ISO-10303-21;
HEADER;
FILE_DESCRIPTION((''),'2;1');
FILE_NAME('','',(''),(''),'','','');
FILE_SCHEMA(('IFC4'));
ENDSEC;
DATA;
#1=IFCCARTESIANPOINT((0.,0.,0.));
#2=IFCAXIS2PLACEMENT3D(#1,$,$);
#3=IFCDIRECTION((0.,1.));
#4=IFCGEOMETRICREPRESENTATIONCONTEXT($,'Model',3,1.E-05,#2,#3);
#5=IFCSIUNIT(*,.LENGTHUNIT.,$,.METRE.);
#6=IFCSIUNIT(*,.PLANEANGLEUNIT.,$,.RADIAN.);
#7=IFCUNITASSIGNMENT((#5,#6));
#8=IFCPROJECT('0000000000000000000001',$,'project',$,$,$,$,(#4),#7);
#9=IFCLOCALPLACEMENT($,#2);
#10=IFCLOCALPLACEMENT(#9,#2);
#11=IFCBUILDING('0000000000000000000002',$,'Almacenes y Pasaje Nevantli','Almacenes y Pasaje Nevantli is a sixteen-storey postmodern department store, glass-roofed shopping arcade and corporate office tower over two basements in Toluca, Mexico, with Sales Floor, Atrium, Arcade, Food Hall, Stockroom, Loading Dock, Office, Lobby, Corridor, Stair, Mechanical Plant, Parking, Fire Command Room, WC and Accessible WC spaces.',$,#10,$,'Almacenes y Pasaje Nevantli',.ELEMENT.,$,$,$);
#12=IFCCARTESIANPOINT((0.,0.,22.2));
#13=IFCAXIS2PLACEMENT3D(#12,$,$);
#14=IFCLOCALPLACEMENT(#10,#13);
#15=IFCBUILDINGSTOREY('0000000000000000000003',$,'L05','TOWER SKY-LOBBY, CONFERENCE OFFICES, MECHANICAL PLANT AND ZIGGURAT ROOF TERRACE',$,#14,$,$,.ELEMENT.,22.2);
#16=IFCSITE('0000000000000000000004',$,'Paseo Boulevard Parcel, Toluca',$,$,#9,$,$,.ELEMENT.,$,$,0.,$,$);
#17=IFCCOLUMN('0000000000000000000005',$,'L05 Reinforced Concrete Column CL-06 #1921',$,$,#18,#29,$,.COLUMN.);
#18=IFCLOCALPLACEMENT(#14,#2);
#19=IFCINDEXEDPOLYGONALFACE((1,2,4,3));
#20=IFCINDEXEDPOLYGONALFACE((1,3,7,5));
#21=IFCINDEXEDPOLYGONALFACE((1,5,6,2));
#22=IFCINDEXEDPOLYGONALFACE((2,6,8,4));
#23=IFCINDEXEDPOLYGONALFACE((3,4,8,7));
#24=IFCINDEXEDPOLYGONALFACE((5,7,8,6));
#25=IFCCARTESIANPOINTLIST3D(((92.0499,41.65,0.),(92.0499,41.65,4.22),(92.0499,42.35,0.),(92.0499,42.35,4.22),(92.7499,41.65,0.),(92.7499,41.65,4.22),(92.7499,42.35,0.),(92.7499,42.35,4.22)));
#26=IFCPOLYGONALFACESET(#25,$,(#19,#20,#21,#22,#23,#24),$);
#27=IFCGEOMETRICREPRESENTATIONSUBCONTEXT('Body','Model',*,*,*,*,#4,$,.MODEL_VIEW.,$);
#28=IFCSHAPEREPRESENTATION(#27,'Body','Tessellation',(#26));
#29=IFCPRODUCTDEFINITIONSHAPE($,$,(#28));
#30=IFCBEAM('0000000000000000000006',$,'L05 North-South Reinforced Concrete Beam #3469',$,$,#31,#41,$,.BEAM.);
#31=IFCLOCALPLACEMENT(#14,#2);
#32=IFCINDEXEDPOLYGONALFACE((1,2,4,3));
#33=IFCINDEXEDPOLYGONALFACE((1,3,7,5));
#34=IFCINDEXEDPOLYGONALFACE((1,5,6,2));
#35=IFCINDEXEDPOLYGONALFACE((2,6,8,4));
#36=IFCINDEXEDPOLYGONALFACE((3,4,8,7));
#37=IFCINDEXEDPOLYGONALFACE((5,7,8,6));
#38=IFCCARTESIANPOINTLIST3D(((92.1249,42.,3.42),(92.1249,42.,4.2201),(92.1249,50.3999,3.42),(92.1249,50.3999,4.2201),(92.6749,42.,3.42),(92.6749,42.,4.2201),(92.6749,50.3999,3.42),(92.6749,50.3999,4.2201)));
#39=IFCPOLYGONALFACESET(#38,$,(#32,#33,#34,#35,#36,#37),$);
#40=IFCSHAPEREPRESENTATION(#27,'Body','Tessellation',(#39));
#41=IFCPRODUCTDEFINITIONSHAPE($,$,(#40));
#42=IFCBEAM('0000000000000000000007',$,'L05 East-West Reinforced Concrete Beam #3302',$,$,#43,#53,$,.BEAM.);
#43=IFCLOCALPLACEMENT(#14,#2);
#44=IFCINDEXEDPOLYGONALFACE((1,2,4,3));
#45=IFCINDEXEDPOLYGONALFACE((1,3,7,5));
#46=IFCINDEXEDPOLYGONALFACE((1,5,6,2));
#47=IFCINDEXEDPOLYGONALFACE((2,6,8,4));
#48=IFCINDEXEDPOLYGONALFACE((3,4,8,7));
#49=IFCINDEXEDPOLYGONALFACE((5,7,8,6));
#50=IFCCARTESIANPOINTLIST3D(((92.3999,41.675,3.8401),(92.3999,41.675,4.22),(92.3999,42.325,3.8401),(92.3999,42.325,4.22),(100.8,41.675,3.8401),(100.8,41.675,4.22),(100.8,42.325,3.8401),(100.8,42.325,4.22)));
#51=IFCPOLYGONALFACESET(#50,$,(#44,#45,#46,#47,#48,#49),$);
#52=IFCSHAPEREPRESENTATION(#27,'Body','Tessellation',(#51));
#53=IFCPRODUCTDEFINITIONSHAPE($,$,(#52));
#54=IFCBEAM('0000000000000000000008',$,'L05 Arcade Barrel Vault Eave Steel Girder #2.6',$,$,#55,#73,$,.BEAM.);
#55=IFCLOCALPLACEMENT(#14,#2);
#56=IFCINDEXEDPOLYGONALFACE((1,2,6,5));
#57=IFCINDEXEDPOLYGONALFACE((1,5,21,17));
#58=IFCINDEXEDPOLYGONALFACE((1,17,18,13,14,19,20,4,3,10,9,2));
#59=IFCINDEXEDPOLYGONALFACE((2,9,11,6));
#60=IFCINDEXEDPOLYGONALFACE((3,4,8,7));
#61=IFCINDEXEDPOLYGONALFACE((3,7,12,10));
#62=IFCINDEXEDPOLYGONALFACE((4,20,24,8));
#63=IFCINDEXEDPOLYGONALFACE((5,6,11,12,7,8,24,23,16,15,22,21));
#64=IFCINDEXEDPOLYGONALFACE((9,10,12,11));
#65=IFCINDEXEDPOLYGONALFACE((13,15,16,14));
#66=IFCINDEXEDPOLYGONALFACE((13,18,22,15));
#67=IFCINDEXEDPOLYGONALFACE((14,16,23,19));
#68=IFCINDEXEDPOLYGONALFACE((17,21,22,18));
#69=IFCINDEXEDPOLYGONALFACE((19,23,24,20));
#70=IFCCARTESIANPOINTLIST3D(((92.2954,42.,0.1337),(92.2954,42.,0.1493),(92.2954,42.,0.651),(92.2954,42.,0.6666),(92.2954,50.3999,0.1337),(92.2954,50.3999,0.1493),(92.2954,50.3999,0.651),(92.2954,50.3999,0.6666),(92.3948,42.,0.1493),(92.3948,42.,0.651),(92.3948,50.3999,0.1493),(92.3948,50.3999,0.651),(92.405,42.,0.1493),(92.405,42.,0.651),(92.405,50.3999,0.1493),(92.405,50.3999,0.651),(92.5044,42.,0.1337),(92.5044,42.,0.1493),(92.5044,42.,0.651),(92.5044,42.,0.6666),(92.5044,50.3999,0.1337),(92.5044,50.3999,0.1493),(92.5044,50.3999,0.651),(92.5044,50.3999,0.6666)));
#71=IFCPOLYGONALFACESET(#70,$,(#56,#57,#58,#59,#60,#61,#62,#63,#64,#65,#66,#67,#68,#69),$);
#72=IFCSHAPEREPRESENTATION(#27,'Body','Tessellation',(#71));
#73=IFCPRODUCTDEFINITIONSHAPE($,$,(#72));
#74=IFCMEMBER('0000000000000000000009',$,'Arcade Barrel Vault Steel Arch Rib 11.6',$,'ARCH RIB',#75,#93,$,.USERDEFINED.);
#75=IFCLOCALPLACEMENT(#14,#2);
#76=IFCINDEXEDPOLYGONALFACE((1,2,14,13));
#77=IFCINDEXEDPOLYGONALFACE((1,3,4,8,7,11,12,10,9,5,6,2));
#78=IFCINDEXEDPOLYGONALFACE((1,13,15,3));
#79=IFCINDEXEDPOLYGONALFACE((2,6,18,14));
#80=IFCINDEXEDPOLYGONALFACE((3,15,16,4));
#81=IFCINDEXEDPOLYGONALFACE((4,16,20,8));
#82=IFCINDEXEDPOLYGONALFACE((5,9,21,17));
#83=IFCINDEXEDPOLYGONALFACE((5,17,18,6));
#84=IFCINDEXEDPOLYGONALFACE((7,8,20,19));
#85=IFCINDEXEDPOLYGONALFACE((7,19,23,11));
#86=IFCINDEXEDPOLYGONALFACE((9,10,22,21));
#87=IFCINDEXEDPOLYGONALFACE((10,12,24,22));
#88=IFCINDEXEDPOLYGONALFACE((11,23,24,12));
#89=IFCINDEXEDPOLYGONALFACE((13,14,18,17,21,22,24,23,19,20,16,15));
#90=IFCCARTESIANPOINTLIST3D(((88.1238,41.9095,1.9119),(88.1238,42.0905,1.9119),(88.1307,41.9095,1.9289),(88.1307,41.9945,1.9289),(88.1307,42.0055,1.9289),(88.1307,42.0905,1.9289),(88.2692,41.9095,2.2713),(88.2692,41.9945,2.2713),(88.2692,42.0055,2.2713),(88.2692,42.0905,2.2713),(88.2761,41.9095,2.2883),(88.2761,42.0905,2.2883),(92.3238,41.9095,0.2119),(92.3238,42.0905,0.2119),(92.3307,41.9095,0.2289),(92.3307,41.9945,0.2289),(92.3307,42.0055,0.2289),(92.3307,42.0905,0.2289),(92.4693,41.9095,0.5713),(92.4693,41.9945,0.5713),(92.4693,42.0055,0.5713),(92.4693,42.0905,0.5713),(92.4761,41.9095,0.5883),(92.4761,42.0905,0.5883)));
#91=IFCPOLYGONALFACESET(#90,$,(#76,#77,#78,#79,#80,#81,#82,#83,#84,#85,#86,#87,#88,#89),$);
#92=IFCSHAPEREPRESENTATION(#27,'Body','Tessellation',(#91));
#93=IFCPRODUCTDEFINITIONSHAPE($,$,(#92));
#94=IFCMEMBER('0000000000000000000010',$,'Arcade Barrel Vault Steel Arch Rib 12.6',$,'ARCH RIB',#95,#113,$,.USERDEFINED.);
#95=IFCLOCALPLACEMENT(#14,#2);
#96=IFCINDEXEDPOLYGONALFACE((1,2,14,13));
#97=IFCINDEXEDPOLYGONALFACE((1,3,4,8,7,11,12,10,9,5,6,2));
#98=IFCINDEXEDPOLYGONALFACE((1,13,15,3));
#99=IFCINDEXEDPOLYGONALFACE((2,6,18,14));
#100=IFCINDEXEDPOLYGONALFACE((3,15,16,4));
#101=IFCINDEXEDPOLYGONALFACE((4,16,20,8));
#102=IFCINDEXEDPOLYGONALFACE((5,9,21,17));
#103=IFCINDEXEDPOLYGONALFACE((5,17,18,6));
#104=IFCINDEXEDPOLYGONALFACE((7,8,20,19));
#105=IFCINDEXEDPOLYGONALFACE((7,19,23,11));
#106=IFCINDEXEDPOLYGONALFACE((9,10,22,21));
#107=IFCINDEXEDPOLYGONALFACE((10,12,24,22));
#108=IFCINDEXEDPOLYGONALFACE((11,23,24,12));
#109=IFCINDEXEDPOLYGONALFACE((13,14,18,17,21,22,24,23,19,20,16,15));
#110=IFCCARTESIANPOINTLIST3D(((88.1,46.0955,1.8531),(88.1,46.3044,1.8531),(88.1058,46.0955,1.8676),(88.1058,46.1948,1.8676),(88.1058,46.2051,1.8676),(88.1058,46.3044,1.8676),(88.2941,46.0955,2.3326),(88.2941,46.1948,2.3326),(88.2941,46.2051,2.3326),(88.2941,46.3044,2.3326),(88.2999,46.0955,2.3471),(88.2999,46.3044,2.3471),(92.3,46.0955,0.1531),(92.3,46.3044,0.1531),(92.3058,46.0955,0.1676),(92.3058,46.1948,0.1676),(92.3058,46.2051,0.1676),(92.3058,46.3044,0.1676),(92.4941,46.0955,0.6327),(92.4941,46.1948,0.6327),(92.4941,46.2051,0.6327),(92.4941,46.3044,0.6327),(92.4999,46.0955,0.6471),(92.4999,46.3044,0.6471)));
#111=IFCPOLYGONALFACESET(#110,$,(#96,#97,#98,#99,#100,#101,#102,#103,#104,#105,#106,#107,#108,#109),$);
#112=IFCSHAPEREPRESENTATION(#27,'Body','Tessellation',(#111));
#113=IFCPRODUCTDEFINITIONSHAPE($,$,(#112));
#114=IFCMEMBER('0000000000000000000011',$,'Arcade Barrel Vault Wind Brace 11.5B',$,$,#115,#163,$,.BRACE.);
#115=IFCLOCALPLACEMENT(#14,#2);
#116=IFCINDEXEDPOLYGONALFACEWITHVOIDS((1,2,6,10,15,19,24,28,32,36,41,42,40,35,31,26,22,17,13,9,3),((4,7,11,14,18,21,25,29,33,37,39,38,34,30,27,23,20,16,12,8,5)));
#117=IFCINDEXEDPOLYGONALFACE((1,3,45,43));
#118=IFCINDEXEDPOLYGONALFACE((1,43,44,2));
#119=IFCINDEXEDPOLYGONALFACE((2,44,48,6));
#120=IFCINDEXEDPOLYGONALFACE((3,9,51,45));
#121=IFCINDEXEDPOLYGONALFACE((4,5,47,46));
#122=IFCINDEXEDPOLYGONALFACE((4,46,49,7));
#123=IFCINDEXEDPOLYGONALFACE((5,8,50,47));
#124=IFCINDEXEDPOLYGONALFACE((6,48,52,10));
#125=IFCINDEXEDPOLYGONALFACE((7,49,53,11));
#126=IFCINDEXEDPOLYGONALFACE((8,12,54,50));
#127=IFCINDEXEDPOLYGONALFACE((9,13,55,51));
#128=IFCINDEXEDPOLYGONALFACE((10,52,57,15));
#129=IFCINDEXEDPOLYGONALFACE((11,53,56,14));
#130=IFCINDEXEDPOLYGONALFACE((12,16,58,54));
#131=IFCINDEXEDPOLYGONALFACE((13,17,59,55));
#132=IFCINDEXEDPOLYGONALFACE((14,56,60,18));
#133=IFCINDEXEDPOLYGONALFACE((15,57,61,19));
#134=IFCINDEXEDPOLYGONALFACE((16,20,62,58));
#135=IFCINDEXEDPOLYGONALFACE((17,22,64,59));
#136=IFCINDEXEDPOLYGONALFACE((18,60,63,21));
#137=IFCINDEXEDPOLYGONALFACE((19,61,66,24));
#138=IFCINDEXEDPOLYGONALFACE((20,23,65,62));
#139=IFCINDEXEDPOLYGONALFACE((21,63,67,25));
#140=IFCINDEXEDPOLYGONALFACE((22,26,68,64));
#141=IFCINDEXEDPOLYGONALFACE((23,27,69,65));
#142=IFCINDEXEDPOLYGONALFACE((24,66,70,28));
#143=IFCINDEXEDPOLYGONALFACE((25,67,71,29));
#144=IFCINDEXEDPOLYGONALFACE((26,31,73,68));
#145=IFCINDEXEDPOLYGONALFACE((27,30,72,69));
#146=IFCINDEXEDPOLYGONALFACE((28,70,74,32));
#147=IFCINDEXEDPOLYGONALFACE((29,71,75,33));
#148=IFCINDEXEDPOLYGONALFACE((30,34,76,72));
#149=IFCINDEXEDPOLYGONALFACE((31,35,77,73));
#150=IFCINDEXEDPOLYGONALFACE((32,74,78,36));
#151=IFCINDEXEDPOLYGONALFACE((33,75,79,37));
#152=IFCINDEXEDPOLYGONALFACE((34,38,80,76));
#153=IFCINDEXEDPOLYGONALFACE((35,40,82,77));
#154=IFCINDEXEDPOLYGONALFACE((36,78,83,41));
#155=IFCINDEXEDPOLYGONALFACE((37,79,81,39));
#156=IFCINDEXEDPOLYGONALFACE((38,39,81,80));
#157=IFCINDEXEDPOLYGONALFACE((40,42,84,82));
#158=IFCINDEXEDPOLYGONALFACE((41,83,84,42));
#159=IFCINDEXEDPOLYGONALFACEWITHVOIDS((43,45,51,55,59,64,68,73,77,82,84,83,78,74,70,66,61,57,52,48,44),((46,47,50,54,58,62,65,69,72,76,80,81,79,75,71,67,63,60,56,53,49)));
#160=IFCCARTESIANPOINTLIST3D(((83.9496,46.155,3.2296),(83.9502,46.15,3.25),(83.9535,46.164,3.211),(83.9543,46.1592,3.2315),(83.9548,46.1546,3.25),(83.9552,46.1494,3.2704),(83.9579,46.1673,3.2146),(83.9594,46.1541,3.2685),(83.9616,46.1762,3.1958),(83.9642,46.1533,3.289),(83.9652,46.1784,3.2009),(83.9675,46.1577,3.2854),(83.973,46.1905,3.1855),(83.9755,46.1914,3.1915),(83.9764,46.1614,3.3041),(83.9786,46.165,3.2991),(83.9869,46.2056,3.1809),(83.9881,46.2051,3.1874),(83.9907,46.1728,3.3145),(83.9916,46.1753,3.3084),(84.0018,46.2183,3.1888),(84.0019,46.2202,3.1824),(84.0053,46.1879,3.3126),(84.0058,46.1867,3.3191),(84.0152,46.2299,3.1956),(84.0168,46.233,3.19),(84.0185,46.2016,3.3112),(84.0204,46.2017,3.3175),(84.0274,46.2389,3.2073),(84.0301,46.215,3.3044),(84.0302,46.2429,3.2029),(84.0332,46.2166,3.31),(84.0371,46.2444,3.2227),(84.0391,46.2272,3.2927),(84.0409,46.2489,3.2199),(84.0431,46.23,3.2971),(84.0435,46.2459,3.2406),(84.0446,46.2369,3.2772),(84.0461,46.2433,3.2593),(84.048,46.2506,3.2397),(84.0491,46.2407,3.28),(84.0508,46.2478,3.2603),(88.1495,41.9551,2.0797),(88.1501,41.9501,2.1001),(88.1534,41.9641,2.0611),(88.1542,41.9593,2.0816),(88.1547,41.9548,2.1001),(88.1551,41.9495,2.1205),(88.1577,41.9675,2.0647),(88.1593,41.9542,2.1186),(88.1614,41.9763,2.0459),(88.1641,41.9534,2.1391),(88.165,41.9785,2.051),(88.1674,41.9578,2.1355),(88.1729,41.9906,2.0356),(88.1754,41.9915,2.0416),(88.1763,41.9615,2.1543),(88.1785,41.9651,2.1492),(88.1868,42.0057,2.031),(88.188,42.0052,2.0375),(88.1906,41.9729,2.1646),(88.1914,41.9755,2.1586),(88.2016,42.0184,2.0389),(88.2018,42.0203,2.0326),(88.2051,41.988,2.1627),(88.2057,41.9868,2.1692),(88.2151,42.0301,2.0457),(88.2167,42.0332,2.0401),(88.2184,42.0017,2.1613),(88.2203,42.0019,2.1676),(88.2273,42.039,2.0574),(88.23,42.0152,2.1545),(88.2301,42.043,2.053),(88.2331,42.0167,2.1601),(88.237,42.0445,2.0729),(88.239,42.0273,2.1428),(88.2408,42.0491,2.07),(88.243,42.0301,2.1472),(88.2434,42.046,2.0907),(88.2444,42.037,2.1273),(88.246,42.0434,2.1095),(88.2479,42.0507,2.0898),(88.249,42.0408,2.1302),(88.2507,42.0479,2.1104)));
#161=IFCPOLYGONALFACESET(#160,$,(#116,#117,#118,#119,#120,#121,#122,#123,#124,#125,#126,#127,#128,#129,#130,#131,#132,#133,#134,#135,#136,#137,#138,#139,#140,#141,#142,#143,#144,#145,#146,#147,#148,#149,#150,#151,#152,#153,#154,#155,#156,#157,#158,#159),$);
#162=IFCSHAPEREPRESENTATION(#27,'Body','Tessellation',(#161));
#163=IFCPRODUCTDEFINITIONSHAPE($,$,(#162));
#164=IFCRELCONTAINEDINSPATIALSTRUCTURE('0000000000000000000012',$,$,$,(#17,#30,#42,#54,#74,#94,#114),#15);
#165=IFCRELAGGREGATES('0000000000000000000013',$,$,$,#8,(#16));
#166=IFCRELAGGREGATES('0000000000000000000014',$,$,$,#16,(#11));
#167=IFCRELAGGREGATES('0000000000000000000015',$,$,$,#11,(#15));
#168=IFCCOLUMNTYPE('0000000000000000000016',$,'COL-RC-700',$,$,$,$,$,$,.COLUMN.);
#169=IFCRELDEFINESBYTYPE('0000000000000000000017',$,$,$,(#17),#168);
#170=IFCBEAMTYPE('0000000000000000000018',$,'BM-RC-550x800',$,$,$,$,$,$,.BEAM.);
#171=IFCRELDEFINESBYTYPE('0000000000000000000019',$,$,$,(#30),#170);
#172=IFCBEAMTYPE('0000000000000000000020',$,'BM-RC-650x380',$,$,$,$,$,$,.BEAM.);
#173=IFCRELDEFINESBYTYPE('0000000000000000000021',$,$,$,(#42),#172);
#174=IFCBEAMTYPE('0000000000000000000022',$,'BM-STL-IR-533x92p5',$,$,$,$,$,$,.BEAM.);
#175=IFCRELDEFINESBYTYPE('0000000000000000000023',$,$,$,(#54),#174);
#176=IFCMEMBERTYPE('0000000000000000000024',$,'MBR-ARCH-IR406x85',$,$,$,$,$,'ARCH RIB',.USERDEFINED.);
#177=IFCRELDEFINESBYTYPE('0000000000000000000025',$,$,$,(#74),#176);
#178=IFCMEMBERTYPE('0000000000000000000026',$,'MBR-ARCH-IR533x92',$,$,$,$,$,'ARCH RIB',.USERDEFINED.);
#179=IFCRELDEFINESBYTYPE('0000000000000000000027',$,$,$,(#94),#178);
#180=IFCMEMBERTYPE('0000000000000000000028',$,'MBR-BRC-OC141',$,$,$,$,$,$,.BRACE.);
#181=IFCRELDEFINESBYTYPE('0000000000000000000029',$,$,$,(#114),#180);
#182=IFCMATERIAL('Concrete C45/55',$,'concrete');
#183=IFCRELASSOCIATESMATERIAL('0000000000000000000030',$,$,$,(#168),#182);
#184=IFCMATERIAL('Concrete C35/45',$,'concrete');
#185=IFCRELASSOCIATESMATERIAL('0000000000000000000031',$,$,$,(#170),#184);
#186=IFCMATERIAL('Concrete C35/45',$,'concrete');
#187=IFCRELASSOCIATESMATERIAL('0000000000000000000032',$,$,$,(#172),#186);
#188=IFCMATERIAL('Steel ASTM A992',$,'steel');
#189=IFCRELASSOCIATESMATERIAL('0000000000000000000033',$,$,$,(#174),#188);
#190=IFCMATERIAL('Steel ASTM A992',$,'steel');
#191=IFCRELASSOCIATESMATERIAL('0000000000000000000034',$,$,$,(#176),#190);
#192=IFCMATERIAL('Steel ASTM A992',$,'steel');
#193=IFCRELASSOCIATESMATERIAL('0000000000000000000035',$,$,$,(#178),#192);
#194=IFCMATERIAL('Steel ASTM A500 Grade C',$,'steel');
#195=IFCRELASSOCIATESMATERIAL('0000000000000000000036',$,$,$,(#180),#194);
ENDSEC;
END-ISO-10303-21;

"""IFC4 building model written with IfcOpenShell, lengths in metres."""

from ifc_helpers import new_model, si_unit, direction, frame, origin, origin_2d, place, context, subcontext, project, spatial, rectangle, hollow_circle, i_section, extrude, material, material_profile, profile_set, type_object, element, save


model = new_model("IFC4")

# Units and contexts
model_context = context("Model", 3, precision=1e-05, world=origin(), true_north=direction((0.0, 1.0)))
body_context = subcontext(model_context, "Body", "Model", "MODEL_VIEW")
ifc_project = project(units=[si_unit("LENGTHUNIT", "METRE"), si_unit("PLANEANGLEUNIT", "RADIAN")], contexts=[model_context])

# Site, building, storey
site_placement = place(None, origin())
site = spatial("IfcSite", under=ifc_project, at=site_placement, Name="Paseo Boulevard Parcel, Toluca", CompositionType="ELEMENT", RefElevation=0.0)
building_placement = place(site_placement, origin())
building = spatial("IfcBuilding", under=site, at=building_placement, Name="Almacenes y Pasaje Nevantli", Description="Almacenes y Pasaje Nevantli is a sixteen-storey postmodern department store, glass-roofed shopping arcade and corporate office tower over two basements in Toluca, Mexico, with Sales Floor, Atrium, Arcade, Food Hall, Stockroom, Loading Dock, Office, Lobby, Corridor, Stair, Mechanical Plant, Parking, Fire Command Room, WC and Accessible WC spaces.", LongName="Almacenes y Pasaje Nevantli", CompositionType="ELEMENT")
storey_placement = place(building_placement, frame((0.0, 0.0, 22.2)))
storey = spatial("IfcBuildingStorey", under=building, at=storey_placement, Name="L05", Description="TOWER SKY-LOBBY, CONFERENCE OFFICES, MECHANICAL PLANT AND ZIGGURAT ROOF TERRACE", CompositionType="ELEMENT", Elevation=22.2)

# Column
ifc_material_1 = material(Name="Concrete C45/55", Category="concrete")
ifc_material_profile_1 = material_profile(ifc_material_1, rectangle(XDim=0.7, YDim=0.7, at=origin_2d()), Name="RC-COL-700x700")
ifc_profile_set_1 = profile_set([ifc_material_profile_1], Name="Concrete C45/55")
column_type = type_object("IfcColumnType", Name="COL-RC-700", PredefinedType="COLUMN", material=ifc_profile_set_1)
column_placement = place(storey_placement, frame((92.3999, 42.0, 0.0), z_axis=(0.0, 0.0, 1.0), x_axis=(1.0, 0.0, 0.0)))
element("IfcColumn", 1, at=column_placement, inside=storey, type_object=column_type, Name="L05 Reinforced Concrete Column CL-06 #1921", PredefinedType="COLUMN", context=body_context, shape_type="SweptSolid", body=[
    extrude(rectangle(XDim=0.7, YDim=0.7, at=origin_2d()), origin(), (0.0, 0.0, 1.0), 4.22),
])

# Beams
ifc_material_2 = material(Name="Concrete C35/45", Category="concrete")
ifc_material_profile_2 = material_profile(ifc_material_2, rectangle(XDim=0.55, YDim=0.8, at=origin_2d()), Name="RC-BM-550x800")
ifc_profile_set_2 = profile_set([ifc_material_profile_2], Name="Concrete C35/45")
beam_type_1 = type_object("IfcBeamType", Name="BM-RC-550x800", PredefinedType="BEAM", material=ifc_profile_set_2)
beam_1_placement = place(storey_placement, frame((92.3999, 42.0, 3.8201), z_axis=(0.0, 1.0, 0.0), x_axis=(-1.0, 0.0, 0.0)))
element("IfcBeam", 2, at=beam_1_placement, inside=storey, type_object=beam_type_1, Name="L05 North-South Reinforced Concrete Beam #3469", PredefinedType="BEAM", context=body_context, shape_type="SweptSolid", body=[
    extrude(rectangle(XDim=0.55, YDim=0.8, at=origin_2d()), origin(), (0.0, 0.0, 1.0), 8.3999),
])
ifc_material_3 = material(Name="Concrete C35/45", Category="concrete")
ifc_material_profile_3 = material_profile(ifc_material_3, rectangle(XDim=0.6499, YDim=0.3799, at=origin_2d()), Name="RC-BM-650x380")
ifc_profile_set_3 = profile_set([ifc_material_profile_3], Name="Concrete C35/45")
beam_type_2 = type_object("IfcBeamType", Name="BM-RC-650x380", PredefinedType="BEAM", material=ifc_profile_set_3)
beam_2_placement = place(storey_placement, frame((92.3999, 42.0, 4.03), z_axis=(1.0, 0.0, 0.0), x_axis=(0.0, 1.0, 0.0)))
element("IfcBeam", 3, at=beam_2_placement, inside=storey, type_object=beam_type_2, Name="L05 East-West Reinforced Concrete Beam #3302", PredefinedType="BEAM", context=body_context, shape_type="SweptSolid", body=[
    extrude(rectangle(XDim=0.6499, YDim=0.3799, at=origin_2d()), origin(), (0.0, 0.0, 1.0), 8.4001),
])
ifc_material_4 = material(Name="Steel ASTM A992", Category="steel")
ifc_material_profile_4 = material_profile(ifc_material_4, i_section(OverallWidth=0.209, OverallDepth=0.533, WebThickness=0.0103, FlangeThickness=0.0156, at=origin_2d()), Name="IR 533x92.5")
ifc_profile_set_4 = profile_set([ifc_material_profile_4], Name="Steel ASTM A992")
beam_type_3 = type_object("IfcBeamType", Name="BM-STL-IR-533x92p5", PredefinedType="BEAM", material=ifc_profile_set_4)
beam_3_placement = place(storey_placement, frame((92.3999, 42.0, 0.4001), z_axis=(0.0, 1.0, 0.0), x_axis=(-1.0, 0.0, 0.0)))
element("IfcBeam", 4, at=beam_3_placement, inside=storey, type_object=beam_type_3, Name="L05 Arcade Barrel Vault Eave Steel Girder #2.6", PredefinedType="BEAM", context=body_context, shape_type="SweptSolid", body=[
    extrude(i_section(OverallWidth=0.209, OverallDepth=0.533, WebThickness=0.0103, FlangeThickness=0.0156, at=origin_2d()), origin(), (0.0, 0.0, 1.0), 8.3999),
])

# Members
ifc_material_5 = material(Name="Steel ASTM A992", Category="steel")
ifc_material_profile_5 = material_profile(ifc_material_5, i_section(OverallWidth=0.1809, OverallDepth=0.406, WebThickness=0.011, FlangeThickness=0.0183, at=origin_2d()), Name="IR 406x85.0")
ifc_profile_set_5 = profile_set([ifc_material_profile_5], Name="Steel ASTM A992")
member_type_1 = type_object("IfcMemberType", Name="MBR-ARCH-IR406x85", ElementType="ARCH RIB", PredefinedType="USERDEFINED", material=ifc_profile_set_5)
member_1_placement = place(storey_placement, frame((88.2, 42.0, 2.1001), z_axis=(0.926949, 0.0, -0.375187), x_axis=(0.0, 1.0, 0.0)))
element("IfcMember", 5, at=member_1_placement, inside=storey, type_object=member_type_1, Name="Arcade Barrel Vault Steel Arch Rib 11.6", ObjectType="ARCH RIB", PredefinedType="USERDEFINED", context=body_context, shape_type="SweptSolid", body=[
    extrude(i_section(OverallWidth=0.1809, OverallDepth=0.406, WebThickness=0.011, FlangeThickness=0.0183, at=origin_2d()), origin(), (0.0, 0.0, 1.0), 4.531),
])
ifc_material_6 = material(Name="Steel ASTM A992", Category="steel")
ifc_material_profile_6 = material_profile(ifc_material_6, i_section(OverallWidth=0.209, OverallDepth=0.533, WebThickness=0.0103, FlangeThickness=0.0156, at=origin_2d()), Name="IR 533x92.5")
ifc_profile_set_6 = profile_set([ifc_material_profile_6], Name="Steel ASTM A992")
member_type_2 = type_object("IfcMemberType", Name="MBR-ARCH-IR533x92", ElementType="ARCH RIB", PredefinedType="USERDEFINED", material=ifc_profile_set_6)
member_2_placement = place(storey_placement, frame((88.2, 46.2, 2.1001), z_axis=(0.926949, 0.0, -0.375187), x_axis=(0.0, 1.0, 0.0)))
element("IfcMember", 6, at=member_2_placement, inside=storey, type_object=member_type_2, Name="Arcade Barrel Vault Steel Arch Rib 12.6", ObjectType="ARCH RIB", PredefinedType="USERDEFINED", context=body_context, shape_type="SweptSolid", body=[
    extrude(i_section(OverallWidth=0.209, OverallDepth=0.533, WebThickness=0.0103, FlangeThickness=0.0156, at=origin_2d()), origin(), (0.0, 0.0, 1.0), 4.531),
])
ifc_material_7 = material(Name="Steel ASTM A500 Grade C", Category="steel")
ifc_material_profile_7 = material_profile(ifc_material_7, hollow_circle(Radius=0.0706, WallThickness=0.0066, at=origin_2d()), Name="OC 141x6.6")
ifc_profile_set_7 = profile_set([ifc_material_profile_7], Name="Steel ASTM A500 Grade C")
member_type_3 = type_object("IfcMemberType", Name="MBR-BRC-OC141", PredefinedType="BRACE", material=ifc_profile_set_7)
member_3_placement = place(storey_placement, frame((88.2, 42.0, 2.1001), z_axis=(-0.694217, 0.694217, 0.190069), x_axis=(-0.707107, -0.707107, 0.0)))
element("IfcMember", 7, at=member_3_placement, inside=storey, type_object=member_type_3, Name="Arcade Barrel Vault Wind Brace 11.5B", PredefinedType="BRACE", context=body_context, shape_type="SweptSolid", body=[
    extrude(hollow_circle(Radius=0.0706, WallThickness=0.0066, at=origin_2d()), origin(), (0.0, 0.0, 1.0), 6.0498),
])

save(model, "model.ifc")
